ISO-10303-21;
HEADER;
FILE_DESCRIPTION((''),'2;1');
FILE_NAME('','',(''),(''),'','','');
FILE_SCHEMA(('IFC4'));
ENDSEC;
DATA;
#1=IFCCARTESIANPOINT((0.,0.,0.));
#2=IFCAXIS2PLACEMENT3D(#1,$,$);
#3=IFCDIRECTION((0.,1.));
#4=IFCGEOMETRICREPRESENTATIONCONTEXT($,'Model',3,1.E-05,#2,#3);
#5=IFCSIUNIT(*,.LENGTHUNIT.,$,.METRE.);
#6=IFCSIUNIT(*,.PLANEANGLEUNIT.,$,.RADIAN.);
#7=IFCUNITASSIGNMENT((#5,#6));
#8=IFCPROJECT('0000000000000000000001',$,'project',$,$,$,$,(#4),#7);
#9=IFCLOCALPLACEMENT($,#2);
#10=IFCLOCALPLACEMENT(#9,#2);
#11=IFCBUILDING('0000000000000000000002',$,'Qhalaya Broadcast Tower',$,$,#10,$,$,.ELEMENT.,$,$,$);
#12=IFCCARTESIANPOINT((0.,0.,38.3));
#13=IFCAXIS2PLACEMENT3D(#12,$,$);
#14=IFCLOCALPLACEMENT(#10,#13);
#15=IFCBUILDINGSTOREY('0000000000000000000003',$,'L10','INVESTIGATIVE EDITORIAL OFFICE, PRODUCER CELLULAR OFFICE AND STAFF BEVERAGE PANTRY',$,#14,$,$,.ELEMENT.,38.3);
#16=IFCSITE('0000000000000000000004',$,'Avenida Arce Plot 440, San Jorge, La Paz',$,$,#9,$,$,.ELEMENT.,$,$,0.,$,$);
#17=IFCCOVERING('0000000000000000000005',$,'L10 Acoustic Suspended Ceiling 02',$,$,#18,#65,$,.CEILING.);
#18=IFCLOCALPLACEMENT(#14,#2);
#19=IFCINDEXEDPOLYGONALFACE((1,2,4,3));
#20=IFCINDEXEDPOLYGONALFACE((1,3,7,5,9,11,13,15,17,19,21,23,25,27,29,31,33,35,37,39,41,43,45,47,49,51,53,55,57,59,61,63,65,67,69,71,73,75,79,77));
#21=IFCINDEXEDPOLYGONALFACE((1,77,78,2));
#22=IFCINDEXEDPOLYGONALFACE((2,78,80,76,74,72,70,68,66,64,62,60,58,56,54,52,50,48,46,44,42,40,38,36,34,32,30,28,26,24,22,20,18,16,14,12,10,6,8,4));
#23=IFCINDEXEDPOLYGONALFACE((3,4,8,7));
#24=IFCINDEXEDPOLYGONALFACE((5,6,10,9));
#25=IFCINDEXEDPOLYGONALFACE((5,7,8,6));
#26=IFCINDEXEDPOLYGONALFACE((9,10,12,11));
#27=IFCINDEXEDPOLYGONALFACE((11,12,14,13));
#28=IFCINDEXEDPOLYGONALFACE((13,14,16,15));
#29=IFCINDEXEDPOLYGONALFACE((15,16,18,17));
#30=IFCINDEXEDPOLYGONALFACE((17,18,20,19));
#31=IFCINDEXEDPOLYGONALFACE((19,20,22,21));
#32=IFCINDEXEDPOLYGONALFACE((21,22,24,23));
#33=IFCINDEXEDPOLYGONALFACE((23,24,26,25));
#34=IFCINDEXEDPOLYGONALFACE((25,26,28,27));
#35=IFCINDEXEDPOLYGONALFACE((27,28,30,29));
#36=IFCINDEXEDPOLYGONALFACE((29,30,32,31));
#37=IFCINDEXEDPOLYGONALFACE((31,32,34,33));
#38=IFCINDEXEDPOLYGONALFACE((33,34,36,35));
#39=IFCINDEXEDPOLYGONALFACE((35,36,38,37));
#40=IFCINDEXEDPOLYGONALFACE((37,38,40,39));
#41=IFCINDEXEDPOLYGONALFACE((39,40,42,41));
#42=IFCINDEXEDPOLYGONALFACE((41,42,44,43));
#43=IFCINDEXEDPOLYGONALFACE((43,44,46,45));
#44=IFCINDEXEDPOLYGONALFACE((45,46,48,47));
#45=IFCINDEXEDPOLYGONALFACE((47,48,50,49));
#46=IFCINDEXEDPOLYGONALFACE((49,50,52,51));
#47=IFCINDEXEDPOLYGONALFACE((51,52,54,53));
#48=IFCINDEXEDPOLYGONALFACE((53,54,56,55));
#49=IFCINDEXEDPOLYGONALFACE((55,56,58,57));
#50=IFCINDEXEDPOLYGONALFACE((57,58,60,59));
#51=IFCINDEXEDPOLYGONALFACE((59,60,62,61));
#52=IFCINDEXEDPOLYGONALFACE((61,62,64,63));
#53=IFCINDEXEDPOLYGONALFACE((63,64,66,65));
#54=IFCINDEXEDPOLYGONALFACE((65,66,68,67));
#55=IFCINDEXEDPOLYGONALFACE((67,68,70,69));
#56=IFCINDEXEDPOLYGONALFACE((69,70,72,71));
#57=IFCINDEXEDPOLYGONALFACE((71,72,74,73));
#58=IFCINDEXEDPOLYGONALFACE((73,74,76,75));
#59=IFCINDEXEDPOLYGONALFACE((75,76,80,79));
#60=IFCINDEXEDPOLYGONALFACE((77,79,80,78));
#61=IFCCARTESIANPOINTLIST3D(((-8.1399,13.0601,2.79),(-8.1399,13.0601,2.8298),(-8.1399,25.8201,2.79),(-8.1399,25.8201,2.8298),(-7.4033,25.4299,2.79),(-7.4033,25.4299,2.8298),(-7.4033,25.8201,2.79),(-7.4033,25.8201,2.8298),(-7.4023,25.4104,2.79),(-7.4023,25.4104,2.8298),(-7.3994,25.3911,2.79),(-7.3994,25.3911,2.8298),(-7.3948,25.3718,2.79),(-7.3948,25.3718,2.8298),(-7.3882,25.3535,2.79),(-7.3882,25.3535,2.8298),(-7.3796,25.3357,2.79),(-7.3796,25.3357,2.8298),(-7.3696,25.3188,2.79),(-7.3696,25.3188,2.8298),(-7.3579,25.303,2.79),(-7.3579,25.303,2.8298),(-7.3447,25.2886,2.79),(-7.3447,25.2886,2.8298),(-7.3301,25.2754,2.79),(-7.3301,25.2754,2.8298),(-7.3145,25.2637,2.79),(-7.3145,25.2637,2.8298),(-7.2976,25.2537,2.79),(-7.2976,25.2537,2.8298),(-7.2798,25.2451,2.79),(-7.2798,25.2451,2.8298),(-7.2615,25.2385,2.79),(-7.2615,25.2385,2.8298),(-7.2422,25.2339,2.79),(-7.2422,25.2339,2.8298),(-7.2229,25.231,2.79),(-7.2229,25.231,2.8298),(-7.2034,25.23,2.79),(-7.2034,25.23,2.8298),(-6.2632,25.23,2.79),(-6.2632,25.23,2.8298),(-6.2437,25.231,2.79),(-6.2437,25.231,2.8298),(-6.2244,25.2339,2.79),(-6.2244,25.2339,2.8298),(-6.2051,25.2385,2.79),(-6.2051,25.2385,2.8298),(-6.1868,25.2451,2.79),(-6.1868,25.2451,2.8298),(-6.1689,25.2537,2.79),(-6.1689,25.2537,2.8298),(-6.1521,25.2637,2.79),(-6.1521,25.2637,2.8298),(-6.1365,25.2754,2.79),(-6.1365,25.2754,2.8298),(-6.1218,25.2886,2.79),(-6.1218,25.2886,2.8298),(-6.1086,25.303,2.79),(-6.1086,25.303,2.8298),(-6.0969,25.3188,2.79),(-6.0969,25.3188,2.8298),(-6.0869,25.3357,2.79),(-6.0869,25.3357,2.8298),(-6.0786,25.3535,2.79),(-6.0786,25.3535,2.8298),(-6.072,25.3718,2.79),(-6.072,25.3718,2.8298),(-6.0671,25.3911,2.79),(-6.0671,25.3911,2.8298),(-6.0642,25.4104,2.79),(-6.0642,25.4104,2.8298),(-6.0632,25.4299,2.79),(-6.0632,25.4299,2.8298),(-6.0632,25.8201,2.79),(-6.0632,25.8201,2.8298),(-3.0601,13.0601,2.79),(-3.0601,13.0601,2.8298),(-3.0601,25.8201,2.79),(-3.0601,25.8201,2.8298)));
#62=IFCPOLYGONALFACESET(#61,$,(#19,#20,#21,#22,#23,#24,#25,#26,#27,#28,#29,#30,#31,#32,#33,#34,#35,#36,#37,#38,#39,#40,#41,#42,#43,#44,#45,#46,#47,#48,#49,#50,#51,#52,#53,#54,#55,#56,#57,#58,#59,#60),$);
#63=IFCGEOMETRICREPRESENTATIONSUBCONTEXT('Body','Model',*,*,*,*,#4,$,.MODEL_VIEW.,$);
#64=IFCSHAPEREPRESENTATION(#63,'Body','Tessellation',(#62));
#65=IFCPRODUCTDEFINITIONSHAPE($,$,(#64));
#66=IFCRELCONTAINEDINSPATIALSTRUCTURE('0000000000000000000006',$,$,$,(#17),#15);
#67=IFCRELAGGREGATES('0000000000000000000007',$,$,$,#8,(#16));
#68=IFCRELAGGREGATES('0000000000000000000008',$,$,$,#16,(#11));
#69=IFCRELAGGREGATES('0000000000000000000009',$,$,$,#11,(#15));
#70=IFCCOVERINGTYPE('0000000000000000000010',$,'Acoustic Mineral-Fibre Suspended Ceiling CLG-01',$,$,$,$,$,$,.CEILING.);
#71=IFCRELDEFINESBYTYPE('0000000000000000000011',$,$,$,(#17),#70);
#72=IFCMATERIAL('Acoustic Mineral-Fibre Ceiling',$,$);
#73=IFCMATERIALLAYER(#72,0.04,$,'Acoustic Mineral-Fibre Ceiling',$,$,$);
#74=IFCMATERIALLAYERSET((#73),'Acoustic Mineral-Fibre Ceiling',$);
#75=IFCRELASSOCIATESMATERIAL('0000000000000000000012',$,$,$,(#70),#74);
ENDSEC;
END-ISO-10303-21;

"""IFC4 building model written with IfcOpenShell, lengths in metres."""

from ifc_helpers import new_model, si_unit, direction, frame, origin, place, context, subcontext, project, spatial, polyline, outline, extrude, material, layer, layer_set, type_object, element, save


model = new_model("IFC4")

# Units and contexts
model_context = context("Model", 3, precision=1e-05, world=origin(), true_north=direction((0.0, 1.0)))
body_context = subcontext(model_context, "Body", "Model", "MODEL_VIEW")
ifc_project = project(units=[si_unit("LENGTHUNIT", "METRE"), si_unit("PLANEANGLEUNIT", "RADIAN")], contexts=[model_context])

# Site, building, storey
site_placement = place(None, origin())
site = spatial("IfcSite", under=ifc_project, at=site_placement, Name="Avenida Arce Plot 440, San Jorge, La Paz", CompositionType="ELEMENT", RefElevation=0.0)
building_placement = place(site_placement, origin())
building = spatial("IfcBuilding", under=site, at=building_placement, Name="Qhalaya Broadcast Tower", CompositionType="ELEMENT")
storey_placement = place(building_placement, frame((0.0, 0.0, 38.3)))
storey = spatial("IfcBuildingStorey", under=building, at=storey_placement, Name="L10", Description="INVESTIGATIVE EDITORIAL OFFICE, PRODUCER CELLULAR OFFICE AND STAFF BEVERAGE PANTRY", CompositionType="ELEMENT", Elevation=38.3)

# Covering
ifc_material_1 = material(Name="Acoustic Mineral-Fibre Ceiling")
ifc_layer_1 = layer(ifc_material_1, 0.04, Name="Acoustic Mineral-Fibre Ceiling")
ifc_layer_set_1 = layer_set([ifc_layer_1], Name="Acoustic Mineral-Fibre Ceiling")
covering_type = type_object("IfcCoveringType", Name="Acoustic Mineral-Fibre Suspended Ceiling CLG-01", PredefinedType="CEILING", material=ifc_layer_set_1)
covering_1_placement = place(storey_placement, frame((0.0, 0.0, 2.79)))
element("IfcCovering", 1, at=covering_1_placement, inside=storey, type_object=covering_type, Name="L10 Acoustic Suspended Ceiling 02", PredefinedType="CEILING", context=body_context, shape_type="SweptSolid", body=[
    extrude(outline(polyline([(-8.1399, 25.8201), (-8.1399, 13.0601), (-3.0601, 13.0601), (-3.0601, 25.8201), (-6.0632, 25.8201), (-6.0632, 25.4299), (-6.0642, 25.4104), (-6.0671, 25.3911), (-6.072, 25.3718), (-6.0786, 25.3535), (-6.0869, 25.3357), (-6.0969, 25.3188), (-6.1086, 25.303), (-6.1218, 25.2886), (-6.1365, 25.2754), (-6.1521, 25.2637), (-6.1689, 25.2537), (-6.1868, 25.2451), (-6.2051, 25.2385), (-6.2244, 25.2339), (-6.2437, 25.231), (-6.2632, 25.23), (-7.2034, 25.23), (-7.2229, 25.231), (-7.2422, 25.2339), (-7.2615, 25.2385), (-7.2798, 25.2451), (-7.2976, 25.2537), (-7.3145, 25.2637), (-7.3301, 25.2754), (-7.3447, 25.2886), (-7.3579, 25.303), (-7.3696, 25.3188), (-7.3796, 25.3357), (-7.3882, 25.3535), (-7.3948, 25.3718), (-7.3994, 25.3911), (-7.4023, 25.4104), (-7.4033, 25.4299), (-7.4033, 25.8201), (-8.1399, 25.8201)])), origin(), (0.0, 0.0, 1.0), 0.0398),
])

save(model, "model.ifc")
